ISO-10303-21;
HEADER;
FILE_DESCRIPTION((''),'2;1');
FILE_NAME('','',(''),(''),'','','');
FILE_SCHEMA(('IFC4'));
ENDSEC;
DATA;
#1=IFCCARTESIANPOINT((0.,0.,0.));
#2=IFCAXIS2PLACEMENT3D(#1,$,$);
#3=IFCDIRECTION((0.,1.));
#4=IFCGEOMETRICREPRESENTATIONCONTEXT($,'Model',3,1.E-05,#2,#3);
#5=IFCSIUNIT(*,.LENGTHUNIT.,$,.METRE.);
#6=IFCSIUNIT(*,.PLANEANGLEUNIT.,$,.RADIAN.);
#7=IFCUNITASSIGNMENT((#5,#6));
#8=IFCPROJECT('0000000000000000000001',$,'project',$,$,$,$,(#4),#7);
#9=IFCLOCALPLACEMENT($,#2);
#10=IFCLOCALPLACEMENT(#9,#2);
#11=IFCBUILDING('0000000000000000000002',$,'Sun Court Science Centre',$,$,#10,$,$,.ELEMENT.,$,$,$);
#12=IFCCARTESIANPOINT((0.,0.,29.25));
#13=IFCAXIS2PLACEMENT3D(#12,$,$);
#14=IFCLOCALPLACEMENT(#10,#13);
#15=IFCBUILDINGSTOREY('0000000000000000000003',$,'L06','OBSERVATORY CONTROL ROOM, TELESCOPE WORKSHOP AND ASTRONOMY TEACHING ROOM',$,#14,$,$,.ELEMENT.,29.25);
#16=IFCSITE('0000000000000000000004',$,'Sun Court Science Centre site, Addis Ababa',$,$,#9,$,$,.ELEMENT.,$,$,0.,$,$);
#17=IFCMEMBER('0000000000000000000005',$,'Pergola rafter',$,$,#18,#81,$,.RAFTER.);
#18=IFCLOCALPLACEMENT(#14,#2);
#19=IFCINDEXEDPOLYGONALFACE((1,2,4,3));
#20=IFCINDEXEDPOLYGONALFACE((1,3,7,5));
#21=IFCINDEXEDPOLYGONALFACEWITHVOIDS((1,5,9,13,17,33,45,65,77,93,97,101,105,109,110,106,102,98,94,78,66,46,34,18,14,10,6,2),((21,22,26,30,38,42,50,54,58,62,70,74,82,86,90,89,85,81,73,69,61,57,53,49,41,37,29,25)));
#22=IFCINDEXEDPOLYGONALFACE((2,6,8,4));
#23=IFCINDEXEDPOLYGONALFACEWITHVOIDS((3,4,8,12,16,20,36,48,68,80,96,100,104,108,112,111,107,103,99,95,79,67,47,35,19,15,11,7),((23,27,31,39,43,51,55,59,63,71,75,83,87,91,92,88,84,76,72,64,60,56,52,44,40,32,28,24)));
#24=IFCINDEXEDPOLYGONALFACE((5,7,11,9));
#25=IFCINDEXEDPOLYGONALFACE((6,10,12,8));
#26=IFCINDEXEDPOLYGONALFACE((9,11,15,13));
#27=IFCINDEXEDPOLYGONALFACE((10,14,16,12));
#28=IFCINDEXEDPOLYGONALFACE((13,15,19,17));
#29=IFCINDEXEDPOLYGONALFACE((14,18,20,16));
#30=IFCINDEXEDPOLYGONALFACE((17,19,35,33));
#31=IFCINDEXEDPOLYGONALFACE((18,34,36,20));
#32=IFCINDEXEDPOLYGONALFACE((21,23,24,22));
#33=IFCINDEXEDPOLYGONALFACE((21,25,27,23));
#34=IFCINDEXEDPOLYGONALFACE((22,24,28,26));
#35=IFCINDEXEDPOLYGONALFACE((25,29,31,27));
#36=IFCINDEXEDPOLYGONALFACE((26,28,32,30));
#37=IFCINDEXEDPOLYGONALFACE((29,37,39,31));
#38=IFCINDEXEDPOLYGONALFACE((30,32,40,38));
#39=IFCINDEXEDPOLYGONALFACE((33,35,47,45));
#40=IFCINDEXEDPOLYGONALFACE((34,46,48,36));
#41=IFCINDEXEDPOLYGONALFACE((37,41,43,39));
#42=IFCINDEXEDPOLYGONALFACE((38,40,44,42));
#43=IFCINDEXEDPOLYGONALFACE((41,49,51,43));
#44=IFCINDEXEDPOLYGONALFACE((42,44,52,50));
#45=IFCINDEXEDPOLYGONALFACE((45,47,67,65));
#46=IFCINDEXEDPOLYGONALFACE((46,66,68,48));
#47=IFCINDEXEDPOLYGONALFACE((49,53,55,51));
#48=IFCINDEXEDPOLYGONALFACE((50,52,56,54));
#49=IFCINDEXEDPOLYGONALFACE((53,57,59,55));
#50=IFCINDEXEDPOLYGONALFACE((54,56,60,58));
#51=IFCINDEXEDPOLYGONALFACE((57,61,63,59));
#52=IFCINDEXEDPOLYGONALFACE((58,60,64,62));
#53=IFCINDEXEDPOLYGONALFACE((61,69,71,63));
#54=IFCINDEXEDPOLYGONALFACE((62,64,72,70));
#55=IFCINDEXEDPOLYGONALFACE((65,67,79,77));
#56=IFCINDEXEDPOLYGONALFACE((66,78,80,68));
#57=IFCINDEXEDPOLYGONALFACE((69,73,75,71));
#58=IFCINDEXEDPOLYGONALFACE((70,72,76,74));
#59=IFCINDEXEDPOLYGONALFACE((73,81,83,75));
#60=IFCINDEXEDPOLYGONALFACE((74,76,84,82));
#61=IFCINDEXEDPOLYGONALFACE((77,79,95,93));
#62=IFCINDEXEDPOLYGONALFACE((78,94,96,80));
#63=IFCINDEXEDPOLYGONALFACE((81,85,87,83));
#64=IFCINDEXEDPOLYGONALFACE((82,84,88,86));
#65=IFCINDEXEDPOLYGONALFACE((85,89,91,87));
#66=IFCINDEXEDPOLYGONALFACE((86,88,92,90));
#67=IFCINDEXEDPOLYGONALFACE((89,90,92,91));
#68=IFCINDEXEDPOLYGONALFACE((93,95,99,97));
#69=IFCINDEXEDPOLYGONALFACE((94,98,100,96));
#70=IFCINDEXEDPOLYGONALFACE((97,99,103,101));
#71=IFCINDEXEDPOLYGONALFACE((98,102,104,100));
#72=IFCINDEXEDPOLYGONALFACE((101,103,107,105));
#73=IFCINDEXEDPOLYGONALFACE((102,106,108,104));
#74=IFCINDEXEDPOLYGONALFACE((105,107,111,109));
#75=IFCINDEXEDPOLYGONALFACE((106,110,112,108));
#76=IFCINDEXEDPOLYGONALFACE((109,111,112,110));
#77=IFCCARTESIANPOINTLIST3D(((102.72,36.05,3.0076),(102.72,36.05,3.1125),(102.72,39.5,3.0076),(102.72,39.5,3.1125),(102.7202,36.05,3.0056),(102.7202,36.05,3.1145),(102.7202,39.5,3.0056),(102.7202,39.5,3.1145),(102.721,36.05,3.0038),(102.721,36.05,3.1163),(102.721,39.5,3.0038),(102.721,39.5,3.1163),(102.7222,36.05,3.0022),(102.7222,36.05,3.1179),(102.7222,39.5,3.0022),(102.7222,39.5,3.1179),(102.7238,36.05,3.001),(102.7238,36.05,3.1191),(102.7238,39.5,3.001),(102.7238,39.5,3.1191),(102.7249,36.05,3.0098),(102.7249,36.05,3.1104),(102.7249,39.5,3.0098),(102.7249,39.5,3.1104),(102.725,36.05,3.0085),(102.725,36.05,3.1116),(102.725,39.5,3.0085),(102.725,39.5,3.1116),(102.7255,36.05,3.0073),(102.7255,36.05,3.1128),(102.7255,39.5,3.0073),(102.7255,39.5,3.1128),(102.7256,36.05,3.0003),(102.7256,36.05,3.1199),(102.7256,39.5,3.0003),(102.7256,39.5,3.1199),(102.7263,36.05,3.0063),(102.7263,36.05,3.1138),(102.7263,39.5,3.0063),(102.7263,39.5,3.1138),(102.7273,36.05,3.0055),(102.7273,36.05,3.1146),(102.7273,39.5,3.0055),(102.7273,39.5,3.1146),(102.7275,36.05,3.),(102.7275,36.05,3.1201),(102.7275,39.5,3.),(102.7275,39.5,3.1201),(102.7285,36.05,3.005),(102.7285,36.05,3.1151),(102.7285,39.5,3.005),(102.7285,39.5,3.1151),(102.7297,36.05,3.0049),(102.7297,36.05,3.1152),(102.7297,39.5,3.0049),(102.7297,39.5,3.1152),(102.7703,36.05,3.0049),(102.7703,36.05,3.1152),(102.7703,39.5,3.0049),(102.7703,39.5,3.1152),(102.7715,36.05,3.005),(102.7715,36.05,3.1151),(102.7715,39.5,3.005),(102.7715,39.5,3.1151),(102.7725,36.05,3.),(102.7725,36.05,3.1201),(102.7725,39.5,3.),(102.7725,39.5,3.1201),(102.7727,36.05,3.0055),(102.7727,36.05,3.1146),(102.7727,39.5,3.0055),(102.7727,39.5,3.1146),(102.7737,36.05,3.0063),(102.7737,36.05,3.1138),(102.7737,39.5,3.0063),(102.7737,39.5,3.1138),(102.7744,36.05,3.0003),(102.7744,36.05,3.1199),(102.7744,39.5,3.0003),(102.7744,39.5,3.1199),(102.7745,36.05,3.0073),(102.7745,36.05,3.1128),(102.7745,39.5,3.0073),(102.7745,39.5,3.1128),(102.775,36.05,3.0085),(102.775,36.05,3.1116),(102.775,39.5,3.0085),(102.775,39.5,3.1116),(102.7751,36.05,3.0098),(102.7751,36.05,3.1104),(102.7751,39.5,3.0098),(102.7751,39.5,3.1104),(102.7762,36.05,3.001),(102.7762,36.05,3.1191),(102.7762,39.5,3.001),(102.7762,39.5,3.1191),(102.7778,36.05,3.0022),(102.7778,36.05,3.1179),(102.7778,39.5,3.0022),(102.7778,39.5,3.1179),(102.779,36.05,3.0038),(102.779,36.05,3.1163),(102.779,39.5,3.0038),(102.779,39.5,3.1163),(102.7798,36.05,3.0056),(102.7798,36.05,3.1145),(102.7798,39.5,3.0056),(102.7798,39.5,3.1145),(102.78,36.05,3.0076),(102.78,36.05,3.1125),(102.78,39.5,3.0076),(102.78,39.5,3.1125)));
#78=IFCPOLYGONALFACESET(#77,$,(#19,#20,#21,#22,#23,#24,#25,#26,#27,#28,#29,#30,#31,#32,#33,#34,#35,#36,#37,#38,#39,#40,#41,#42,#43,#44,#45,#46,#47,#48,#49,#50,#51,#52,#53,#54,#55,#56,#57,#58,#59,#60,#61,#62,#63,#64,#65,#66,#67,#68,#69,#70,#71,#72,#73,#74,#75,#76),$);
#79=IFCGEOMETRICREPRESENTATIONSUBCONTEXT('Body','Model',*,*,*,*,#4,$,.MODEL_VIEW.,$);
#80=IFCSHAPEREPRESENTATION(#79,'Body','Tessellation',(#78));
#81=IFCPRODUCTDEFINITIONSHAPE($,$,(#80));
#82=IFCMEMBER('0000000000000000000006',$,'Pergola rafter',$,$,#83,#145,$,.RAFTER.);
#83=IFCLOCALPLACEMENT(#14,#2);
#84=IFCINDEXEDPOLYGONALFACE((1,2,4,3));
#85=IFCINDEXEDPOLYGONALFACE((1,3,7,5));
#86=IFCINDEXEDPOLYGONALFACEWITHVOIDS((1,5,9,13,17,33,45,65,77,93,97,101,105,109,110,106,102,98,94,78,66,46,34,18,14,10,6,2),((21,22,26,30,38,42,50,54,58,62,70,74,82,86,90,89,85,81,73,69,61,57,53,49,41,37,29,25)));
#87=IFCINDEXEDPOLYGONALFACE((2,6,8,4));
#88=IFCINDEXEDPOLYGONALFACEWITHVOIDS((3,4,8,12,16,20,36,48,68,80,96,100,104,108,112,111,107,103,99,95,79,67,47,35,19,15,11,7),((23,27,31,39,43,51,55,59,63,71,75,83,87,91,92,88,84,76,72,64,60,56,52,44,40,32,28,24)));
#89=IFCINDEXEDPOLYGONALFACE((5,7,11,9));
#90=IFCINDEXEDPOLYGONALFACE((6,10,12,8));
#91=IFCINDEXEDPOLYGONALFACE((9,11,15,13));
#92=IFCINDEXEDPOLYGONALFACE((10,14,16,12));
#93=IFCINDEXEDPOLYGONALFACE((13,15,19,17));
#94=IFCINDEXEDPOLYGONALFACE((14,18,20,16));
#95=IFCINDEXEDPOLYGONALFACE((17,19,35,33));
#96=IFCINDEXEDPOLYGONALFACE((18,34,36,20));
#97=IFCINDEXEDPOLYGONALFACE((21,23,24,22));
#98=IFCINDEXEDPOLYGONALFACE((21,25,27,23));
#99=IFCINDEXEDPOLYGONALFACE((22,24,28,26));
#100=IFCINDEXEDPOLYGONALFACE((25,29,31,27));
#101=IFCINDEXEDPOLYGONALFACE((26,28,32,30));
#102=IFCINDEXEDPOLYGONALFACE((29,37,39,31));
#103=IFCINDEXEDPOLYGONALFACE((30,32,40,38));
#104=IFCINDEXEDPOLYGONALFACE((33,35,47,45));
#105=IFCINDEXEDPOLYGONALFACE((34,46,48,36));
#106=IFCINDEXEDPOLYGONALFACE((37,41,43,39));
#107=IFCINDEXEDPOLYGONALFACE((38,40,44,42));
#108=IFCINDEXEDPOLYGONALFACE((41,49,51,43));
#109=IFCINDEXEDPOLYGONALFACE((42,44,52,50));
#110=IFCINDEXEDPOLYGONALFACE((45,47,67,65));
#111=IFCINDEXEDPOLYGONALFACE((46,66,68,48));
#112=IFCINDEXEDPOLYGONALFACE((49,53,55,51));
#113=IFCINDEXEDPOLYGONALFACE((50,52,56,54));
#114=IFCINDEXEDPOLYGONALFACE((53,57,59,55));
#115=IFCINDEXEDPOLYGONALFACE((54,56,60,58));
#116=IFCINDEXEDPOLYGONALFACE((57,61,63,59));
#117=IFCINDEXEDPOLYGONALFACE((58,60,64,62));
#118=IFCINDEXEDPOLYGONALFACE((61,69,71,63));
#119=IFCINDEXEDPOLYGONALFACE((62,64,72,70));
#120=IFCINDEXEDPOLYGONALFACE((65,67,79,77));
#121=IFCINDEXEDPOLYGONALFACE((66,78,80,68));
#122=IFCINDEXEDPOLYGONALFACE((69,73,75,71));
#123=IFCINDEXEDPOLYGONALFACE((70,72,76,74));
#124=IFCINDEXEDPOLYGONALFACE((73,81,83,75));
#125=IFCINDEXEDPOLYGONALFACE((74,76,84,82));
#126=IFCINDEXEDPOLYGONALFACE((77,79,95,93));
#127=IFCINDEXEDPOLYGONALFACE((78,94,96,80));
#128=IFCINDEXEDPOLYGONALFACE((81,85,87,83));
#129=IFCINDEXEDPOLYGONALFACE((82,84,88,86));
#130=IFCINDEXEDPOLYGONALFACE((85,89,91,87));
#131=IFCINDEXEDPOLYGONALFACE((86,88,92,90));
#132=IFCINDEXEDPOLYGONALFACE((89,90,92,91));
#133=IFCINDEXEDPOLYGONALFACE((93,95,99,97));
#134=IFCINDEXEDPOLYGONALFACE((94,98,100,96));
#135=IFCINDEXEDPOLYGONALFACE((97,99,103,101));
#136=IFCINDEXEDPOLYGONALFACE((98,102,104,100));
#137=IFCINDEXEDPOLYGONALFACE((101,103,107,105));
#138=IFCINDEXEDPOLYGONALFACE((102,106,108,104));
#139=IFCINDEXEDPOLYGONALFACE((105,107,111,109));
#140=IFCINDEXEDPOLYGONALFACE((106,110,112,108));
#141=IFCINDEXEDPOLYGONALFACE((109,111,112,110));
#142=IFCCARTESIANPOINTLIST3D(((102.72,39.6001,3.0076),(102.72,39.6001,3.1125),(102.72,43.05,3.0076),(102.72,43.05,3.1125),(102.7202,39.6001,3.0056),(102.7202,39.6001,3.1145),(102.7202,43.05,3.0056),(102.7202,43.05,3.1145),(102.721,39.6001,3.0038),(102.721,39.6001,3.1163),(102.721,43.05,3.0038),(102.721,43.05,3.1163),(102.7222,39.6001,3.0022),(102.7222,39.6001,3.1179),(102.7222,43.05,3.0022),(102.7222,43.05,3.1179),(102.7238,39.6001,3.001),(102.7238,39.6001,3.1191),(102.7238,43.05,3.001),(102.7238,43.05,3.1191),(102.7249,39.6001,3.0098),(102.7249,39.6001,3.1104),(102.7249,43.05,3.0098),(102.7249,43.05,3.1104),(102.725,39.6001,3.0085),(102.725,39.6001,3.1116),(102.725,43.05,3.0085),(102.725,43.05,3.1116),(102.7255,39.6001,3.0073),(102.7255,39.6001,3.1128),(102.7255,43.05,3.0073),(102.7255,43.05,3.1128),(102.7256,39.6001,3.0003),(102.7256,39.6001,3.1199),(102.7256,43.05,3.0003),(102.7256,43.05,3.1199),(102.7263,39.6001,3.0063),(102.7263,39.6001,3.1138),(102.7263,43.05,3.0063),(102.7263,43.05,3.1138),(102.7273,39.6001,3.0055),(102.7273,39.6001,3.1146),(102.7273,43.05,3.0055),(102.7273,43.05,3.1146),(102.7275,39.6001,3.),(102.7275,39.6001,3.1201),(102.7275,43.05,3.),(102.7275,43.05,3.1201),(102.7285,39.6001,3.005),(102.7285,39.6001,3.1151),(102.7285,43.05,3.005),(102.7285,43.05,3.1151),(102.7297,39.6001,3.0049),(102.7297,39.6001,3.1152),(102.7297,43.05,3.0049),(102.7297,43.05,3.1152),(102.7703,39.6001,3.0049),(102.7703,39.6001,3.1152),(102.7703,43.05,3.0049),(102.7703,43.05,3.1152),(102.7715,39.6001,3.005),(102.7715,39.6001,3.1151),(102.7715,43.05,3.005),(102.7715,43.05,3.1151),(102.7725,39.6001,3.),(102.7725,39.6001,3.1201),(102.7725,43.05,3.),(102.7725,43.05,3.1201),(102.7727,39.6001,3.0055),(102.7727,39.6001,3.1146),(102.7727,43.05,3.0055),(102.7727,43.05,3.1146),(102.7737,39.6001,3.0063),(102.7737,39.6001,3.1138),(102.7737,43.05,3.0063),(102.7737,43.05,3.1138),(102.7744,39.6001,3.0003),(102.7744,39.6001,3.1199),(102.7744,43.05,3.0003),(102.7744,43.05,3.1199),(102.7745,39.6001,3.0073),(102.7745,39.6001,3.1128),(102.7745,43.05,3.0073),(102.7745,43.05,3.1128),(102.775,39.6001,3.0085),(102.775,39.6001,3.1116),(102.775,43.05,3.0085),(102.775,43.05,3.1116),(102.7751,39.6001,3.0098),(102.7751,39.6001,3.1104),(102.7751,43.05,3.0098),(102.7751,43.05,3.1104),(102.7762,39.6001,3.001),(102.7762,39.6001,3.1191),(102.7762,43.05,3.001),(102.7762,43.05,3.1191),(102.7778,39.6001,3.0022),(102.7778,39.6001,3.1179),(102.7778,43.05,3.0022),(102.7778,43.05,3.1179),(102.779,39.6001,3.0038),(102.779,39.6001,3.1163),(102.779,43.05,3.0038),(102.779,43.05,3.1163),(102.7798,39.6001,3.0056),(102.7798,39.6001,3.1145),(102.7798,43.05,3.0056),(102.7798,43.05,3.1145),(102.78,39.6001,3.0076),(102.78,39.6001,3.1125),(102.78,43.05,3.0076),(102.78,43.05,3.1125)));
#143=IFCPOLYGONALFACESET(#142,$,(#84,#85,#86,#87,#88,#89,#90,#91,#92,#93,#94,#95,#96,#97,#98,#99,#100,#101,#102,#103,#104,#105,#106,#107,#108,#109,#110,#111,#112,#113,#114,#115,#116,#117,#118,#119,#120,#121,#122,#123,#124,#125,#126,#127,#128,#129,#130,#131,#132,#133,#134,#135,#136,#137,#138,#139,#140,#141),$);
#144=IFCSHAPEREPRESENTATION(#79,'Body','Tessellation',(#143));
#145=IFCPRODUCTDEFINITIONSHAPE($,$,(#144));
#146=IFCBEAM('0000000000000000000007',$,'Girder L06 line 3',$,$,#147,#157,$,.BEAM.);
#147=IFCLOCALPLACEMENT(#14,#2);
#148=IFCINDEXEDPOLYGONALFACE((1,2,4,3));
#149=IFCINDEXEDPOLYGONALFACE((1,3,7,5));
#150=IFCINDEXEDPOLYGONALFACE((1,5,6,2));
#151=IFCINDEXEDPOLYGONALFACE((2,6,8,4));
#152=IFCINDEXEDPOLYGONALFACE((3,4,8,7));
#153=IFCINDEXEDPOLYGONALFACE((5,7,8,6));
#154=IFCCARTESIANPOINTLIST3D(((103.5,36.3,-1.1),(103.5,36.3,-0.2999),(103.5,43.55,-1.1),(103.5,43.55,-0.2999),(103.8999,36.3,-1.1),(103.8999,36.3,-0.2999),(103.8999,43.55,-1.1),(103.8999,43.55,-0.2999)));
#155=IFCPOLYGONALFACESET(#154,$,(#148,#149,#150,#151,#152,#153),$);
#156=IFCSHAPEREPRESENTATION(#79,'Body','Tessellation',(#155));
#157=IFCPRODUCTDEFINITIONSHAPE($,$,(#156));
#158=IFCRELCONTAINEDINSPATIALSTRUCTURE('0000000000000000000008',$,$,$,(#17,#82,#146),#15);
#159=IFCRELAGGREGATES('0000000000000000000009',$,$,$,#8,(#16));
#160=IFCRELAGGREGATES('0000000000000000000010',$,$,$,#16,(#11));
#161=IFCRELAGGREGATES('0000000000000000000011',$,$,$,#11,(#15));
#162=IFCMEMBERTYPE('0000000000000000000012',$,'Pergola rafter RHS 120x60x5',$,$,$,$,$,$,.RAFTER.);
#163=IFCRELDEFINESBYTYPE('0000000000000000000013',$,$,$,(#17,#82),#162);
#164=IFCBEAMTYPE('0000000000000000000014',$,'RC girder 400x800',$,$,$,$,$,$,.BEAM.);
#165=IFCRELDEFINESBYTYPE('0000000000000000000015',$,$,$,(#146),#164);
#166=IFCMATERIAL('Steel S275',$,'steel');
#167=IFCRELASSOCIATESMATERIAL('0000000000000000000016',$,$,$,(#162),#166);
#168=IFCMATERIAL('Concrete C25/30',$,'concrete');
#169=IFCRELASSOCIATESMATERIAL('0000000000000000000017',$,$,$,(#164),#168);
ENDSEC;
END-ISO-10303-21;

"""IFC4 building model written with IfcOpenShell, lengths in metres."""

from ifc_helpers import new_model, si_unit, direction, frame, origin, origin_2d, place, context, subcontext, project, spatial, rectangle, hollow_rectangle, extrude, material, material_profile, profile_set, type_object, element, save


model = new_model("IFC4")

# Units and contexts
model_context = context("Model", 3, precision=1e-05, world=origin(), true_north=direction((0.0, 1.0)))
body_context = subcontext(model_context, "Body", "Model", "MODEL_VIEW")
ifc_project = project(units=[si_unit("LENGTHUNIT", "METRE"), si_unit("PLANEANGLEUNIT", "RADIAN")], contexts=[model_context])

# Site, building, storey
site_placement = place(None, origin())
site = spatial("IfcSite", under=ifc_project, at=site_placement, Name="Sun Court Science Centre site, Addis Ababa", CompositionType="ELEMENT", RefElevation=0.0)
building_placement = place(site_placement, origin())
building = spatial("IfcBuilding", under=site, at=building_placement, Name="Sun Court Science Centre", CompositionType="ELEMENT")
storey_placement = place(building_placement, frame((0.0, 0.0, 29.25)))
storey = spatial("IfcBuildingStorey", under=building, at=storey_placement, Name="L06", Description="OBSERVATORY CONTROL ROOM, TELESCOPE WORKSHOP AND ASTRONOMY TEACHING ROOM", CompositionType="ELEMENT", Elevation=29.25)

# Members
ifc_material_1 = material(Name="Steel S275", Category="steel")
ifc_material_profile_1 = material_profile(ifc_material_1, hollow_rectangle(XDim=0.0601, YDim=0.1201, WallThickness=0.0049, InnerFilletRadius=0.0049, OuterFilletRadius=0.0076, at=origin_2d()), Name="RHS 120x60x5")
ifc_profile_set_1 = profile_set([ifc_material_profile_1], Name="Steel S275")
member_type_1 = type_object("IfcMemberType", Name="Pergola rafter RHS 120x60x5", PredefinedType="RAFTER", material=ifc_profile_set_1)
for number, where, z_axis, x_axis, name in (
    (1, (102.75, 36.05, 3.0601), (0.0, 1.0, 0.0), (-1.0, 0.0, 0.0), "Pergola rafter"),
    (2, (102.75, 39.6001, 3.0601), (0.0, 1.0, 0.0), (-1.0, 0.0, 0.0), "Pergola rafter"),
):
    element("IfcMember", number, at=place(storey_placement, frame(where, z_axis=z_axis, x_axis=x_axis)), inside=storey, type_object=member_type_1, Name=name, PredefinedType="RAFTER", context=body_context, shape_type="SweptSolid", body=[
        extrude(hollow_rectangle(XDim=0.0601, YDim=0.1201, WallThickness=0.0049, InnerFilletRadius=0.0049, OuterFilletRadius=0.0076, at=origin_2d()), origin(), (0.0, 0.0, 1.0), 3.45),
    ])

# Beam
ifc_material_2 = material(Name="Concrete C25/30", Category="concrete")
ifc_material_profile_2 = material_profile(ifc_material_2, rectangle(XDim=0.3999, YDim=0.8, at=origin_2d()), Name="RC 400x800")
ifc_profile_set_2 = profile_set([ifc_material_profile_2], Name="Concrete C25/30")
beam_type_1 = type_object("IfcBeamType", Name="RC girder 400x800", PredefinedType="BEAM", material=ifc_profile_set_2)
beam_placement = place(storey_placement, frame((103.7, 36.3, -0.7), z_axis=(0.0, 1.0, 0.0), x_axis=(-1.0, 0.0, 0.0)))
element("IfcBeam", 3, at=beam_placement, inside=storey, type_object=beam_type_1, Name="Girder L06 line 3", PredefinedType="BEAM", context=body_context, shape_type="SweptSolid", body=[
    extrude(rectangle(XDim=0.3999, YDim=0.8, at=origin_2d()), origin(), (0.0, 0.0, 1.0), 7.25),
])

save(model, "model.ifc")
